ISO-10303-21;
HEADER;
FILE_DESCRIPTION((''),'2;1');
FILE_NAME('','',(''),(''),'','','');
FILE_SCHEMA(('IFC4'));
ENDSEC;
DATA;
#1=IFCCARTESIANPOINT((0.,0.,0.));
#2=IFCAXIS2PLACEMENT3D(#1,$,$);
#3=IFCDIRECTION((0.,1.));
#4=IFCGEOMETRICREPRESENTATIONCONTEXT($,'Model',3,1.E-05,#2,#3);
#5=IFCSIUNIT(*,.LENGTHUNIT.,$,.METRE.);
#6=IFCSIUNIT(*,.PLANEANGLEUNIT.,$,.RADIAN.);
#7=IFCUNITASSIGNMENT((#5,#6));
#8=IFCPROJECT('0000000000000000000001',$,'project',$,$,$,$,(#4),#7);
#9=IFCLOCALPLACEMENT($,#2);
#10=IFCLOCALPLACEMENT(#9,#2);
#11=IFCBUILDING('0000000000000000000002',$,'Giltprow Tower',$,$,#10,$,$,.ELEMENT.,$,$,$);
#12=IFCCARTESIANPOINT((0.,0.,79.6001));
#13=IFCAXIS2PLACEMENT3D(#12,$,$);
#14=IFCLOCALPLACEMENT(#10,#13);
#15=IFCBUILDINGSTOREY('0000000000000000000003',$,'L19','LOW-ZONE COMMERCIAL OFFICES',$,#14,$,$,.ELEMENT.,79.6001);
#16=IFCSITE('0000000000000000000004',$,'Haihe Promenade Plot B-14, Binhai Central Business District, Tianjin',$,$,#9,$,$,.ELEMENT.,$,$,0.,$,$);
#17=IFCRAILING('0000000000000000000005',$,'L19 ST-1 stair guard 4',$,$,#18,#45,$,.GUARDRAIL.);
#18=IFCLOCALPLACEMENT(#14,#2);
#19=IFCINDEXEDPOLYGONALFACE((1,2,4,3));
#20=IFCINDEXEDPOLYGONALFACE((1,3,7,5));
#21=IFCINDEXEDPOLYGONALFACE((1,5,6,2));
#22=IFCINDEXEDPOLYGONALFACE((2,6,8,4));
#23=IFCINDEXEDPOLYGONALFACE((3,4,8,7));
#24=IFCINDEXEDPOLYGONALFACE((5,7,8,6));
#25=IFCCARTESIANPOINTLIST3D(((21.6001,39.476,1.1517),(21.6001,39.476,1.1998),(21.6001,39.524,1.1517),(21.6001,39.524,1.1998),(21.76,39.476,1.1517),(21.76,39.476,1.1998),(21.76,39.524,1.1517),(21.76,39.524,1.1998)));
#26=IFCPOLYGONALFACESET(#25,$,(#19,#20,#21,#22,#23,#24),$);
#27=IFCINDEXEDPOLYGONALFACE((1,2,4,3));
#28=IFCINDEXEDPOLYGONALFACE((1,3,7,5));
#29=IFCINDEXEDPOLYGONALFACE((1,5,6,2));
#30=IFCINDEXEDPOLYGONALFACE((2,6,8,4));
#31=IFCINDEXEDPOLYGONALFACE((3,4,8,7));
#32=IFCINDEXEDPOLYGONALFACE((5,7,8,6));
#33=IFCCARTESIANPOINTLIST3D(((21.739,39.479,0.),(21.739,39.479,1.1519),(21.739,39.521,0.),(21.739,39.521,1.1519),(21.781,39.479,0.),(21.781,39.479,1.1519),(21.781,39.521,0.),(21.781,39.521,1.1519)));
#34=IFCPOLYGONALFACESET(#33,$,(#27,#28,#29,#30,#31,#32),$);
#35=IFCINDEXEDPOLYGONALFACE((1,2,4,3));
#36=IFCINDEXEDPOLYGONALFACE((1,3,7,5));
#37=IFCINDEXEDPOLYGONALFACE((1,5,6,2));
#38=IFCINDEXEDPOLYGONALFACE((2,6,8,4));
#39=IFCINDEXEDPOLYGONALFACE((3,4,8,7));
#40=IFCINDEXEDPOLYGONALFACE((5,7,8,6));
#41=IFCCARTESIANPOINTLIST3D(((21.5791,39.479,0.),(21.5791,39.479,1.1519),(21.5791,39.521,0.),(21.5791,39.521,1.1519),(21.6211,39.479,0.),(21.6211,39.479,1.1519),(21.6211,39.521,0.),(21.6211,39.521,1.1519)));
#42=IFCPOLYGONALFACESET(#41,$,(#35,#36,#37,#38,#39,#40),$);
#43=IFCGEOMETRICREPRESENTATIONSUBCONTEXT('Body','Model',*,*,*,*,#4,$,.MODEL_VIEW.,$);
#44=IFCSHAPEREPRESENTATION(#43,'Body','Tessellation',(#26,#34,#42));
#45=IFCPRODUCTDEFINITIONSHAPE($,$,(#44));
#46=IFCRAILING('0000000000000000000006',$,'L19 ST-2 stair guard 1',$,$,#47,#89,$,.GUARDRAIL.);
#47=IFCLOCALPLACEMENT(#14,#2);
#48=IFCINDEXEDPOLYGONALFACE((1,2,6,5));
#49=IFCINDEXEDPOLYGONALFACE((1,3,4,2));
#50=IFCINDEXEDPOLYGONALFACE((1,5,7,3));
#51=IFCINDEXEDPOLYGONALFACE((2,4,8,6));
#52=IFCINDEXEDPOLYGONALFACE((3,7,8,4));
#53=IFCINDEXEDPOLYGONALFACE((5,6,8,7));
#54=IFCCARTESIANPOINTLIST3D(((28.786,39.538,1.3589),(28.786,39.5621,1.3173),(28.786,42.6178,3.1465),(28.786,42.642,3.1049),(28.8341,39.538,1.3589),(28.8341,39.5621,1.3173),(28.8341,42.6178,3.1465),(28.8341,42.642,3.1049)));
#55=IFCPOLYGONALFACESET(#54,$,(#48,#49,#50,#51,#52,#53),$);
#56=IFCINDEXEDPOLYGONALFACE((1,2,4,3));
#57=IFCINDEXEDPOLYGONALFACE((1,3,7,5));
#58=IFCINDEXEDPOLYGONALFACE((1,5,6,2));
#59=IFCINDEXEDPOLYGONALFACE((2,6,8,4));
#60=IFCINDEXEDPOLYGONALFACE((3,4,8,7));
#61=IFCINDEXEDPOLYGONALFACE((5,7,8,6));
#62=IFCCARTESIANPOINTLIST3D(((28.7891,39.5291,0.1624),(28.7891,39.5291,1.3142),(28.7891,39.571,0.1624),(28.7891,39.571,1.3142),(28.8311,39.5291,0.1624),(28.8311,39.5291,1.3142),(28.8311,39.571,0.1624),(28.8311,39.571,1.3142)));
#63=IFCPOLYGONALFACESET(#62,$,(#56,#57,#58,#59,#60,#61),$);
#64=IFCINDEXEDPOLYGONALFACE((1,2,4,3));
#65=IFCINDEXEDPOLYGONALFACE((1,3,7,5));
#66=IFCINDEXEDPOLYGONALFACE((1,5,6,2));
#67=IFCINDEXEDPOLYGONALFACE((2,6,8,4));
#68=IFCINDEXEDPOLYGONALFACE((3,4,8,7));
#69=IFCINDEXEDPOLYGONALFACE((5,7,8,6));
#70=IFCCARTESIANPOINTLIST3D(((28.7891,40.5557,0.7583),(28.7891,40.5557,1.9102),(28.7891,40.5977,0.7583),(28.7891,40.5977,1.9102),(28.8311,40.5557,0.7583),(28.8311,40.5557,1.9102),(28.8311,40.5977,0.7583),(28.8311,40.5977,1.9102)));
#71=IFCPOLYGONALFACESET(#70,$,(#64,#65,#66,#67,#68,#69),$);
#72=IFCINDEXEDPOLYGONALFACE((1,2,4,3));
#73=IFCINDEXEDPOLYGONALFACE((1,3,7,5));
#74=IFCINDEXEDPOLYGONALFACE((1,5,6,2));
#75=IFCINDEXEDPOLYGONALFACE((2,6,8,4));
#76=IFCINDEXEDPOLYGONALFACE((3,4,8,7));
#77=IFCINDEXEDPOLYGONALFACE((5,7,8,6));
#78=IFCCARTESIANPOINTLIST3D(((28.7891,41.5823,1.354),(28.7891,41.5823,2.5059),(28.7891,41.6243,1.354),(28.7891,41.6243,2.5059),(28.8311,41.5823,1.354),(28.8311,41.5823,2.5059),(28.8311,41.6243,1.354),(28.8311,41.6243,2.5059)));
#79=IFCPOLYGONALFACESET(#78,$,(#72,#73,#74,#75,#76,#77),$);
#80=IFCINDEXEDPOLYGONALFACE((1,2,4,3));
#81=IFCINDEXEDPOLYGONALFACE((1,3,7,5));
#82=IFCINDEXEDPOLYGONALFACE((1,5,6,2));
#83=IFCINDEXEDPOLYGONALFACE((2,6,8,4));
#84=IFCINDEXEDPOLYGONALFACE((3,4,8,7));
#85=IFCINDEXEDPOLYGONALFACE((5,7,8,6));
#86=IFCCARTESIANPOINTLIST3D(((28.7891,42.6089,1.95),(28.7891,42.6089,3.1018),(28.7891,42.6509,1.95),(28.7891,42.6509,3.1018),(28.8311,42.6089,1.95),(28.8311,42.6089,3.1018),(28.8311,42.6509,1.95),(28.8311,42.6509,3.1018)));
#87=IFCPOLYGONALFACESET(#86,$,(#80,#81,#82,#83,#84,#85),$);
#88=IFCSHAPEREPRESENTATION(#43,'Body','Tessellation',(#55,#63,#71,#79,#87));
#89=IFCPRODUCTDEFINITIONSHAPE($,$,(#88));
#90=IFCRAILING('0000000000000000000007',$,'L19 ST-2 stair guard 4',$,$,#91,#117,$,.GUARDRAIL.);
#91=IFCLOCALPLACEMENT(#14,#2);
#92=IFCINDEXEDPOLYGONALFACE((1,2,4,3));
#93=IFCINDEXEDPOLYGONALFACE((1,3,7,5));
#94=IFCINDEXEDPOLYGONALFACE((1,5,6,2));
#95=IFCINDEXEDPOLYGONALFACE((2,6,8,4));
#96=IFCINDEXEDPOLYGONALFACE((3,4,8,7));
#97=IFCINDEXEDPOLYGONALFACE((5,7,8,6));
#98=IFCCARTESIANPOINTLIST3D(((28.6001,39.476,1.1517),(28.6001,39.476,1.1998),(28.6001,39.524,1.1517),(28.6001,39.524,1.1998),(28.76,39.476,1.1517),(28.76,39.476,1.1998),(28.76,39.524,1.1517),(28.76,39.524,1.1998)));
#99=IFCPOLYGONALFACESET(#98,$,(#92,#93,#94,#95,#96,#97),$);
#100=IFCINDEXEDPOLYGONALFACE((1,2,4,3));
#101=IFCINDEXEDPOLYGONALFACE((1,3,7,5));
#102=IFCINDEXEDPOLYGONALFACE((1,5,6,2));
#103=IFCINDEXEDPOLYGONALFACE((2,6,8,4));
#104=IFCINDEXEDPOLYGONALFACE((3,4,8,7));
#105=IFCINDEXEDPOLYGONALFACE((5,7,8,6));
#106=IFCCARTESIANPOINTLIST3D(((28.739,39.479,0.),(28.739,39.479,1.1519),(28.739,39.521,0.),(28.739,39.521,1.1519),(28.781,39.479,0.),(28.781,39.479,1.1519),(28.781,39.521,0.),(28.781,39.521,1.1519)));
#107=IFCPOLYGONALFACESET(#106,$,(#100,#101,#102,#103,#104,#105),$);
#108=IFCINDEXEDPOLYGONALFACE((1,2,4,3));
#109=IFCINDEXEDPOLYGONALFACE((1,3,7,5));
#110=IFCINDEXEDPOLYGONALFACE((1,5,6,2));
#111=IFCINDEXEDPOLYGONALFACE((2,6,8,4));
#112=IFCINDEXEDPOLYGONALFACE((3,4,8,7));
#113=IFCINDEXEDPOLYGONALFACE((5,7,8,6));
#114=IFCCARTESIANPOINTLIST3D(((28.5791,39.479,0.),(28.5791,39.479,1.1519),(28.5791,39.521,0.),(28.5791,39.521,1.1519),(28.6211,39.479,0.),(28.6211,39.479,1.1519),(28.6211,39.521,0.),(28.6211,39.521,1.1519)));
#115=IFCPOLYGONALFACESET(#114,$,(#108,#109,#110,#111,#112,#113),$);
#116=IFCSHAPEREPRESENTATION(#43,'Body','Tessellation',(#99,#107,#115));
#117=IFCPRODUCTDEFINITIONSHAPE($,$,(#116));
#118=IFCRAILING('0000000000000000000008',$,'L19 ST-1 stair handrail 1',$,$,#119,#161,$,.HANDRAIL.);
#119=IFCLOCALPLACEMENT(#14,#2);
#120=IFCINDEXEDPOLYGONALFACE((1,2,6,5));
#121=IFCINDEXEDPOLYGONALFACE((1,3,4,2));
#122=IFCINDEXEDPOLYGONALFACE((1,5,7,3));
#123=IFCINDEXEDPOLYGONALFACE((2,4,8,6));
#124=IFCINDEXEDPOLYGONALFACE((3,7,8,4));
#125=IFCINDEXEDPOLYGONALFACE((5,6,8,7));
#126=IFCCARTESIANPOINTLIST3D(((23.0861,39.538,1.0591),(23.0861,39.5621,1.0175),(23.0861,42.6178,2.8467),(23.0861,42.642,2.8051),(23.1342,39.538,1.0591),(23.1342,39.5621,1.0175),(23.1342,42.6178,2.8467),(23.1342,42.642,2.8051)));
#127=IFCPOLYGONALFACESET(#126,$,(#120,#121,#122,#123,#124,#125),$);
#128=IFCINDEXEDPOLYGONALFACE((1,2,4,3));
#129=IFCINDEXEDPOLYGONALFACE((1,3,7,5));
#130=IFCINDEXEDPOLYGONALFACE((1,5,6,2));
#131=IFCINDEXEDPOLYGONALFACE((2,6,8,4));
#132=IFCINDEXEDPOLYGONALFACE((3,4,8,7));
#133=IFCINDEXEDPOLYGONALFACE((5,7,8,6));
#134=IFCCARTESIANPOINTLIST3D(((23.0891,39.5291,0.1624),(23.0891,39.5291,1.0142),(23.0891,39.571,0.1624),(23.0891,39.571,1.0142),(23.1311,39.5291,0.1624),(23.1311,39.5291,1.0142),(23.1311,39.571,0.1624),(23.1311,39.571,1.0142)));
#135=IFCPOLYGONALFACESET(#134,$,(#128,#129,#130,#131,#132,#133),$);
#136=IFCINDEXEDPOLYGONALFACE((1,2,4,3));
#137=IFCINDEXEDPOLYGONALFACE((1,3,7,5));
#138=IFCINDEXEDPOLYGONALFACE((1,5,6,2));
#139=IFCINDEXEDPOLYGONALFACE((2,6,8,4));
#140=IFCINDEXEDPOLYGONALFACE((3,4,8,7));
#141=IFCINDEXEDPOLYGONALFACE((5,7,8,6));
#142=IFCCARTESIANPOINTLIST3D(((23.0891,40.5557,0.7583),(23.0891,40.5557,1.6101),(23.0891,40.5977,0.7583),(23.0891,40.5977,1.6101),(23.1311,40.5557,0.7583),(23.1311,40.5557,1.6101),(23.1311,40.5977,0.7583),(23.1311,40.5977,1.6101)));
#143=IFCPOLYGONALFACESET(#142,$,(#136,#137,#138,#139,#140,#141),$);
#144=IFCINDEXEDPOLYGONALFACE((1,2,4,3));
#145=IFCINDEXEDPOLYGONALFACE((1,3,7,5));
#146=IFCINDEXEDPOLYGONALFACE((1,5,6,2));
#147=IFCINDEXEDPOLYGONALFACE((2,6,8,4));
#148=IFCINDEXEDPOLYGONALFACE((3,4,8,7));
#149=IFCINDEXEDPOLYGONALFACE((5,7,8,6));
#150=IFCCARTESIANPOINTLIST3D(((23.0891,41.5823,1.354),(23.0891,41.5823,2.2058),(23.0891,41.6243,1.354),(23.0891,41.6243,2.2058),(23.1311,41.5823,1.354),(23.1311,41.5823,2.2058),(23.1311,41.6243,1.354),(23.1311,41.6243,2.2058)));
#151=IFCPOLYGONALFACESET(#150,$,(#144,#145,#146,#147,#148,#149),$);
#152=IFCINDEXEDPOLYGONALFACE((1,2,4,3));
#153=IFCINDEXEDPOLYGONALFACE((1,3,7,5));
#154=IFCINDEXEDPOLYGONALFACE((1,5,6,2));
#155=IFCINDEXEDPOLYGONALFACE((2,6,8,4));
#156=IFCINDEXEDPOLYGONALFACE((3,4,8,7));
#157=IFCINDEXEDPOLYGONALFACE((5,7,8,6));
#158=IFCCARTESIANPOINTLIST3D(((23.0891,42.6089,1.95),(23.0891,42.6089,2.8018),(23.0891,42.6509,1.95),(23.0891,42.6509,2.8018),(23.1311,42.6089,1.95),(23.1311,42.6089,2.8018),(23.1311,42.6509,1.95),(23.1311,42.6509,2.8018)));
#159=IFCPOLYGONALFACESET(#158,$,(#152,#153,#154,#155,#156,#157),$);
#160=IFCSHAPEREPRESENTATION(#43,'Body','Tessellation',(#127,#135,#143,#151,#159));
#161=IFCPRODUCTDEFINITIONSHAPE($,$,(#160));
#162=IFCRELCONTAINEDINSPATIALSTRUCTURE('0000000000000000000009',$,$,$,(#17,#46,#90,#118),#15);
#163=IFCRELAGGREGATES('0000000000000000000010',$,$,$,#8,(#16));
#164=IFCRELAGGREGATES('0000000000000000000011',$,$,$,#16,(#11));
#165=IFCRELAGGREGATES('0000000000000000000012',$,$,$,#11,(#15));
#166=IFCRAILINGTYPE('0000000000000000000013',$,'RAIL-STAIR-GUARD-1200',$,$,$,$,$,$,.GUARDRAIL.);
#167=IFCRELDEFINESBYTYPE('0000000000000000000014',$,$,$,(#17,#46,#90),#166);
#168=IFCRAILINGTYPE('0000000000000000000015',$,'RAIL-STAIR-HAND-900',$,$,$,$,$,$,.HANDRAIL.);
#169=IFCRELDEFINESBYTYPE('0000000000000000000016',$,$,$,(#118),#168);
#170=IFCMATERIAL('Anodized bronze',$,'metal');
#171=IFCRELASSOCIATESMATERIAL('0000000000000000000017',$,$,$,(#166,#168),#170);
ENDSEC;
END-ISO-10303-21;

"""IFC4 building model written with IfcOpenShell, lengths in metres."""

from ifc_helpers import new_model, si_unit, direction, frame, origin, origin_2d, place, context, subcontext, project, spatial, rectangle, extrude, material, type_object, element, save


model = new_model("IFC4")

# Units and contexts
model_context = context("Model", 3, precision=1e-05, world=origin(), true_north=direction((0.0, 1.0)))
body_context = subcontext(model_context, "Body", "Model", "MODEL_VIEW")
ifc_project = project(units=[si_unit("LENGTHUNIT", "METRE"), si_unit("PLANEANGLEUNIT", "RADIAN")], contexts=[model_context])

# Site, building, storey
site_placement = place(None, origin())
site = spatial("IfcSite", under=ifc_project, at=site_placement, Name="Haihe Promenade Plot B-14, Binhai Central Business District, Tianjin", CompositionType="ELEMENT", RefElevation=0.0)
building_placement = place(site_placement, origin())
building = spatial("IfcBuilding", under=site, at=building_placement, Name="Giltprow Tower", CompositionType="ELEMENT")
storey_placement = place(building_placement, frame((0.0, 0.0, 79.6001)))
storey = spatial("IfcBuildingStorey", under=building, at=storey_placement, Name="L19", Description="LOW-ZONE COMMERCIAL OFFICES", CompositionType="ELEMENT", Elevation=79.6001)

# Railings
ifc_material_1 = material(Name="Anodized bronze", Category="metal")
railing_type_1 = type_object("IfcRailingType", Name="RAIL-STAIR-GUARD-1200", PredefinedType="GUARDRAIL", material=ifc_material_1)
railing_1_placement = place(storey_placement, frame((21.76, 39.5, 0.0)))
element("IfcRailing", 1, at=railing_1_placement, inside=storey, type_object=railing_type_1, Name="L19 ST-1 stair guard 4", PredefinedType="GUARDRAIL", context=body_context, shape_type="SweptSolid", body=[
    extrude(rectangle(XDim=0.0481, YDim=0.0481, at=origin_2d()), frame((0.0, 0.0, 1.1758), z_axis=(-1.0, 0.0, 0.0), x_axis=(0.0, -1.0, 0.0)), (0.0, 0.0, 1.0), 0.1599),
    extrude(rectangle(XDim=0.042, YDim=0.042, at=origin_2d()), origin(), (0.0, 0.0, 1.0), 1.1519),
    extrude(rectangle(XDim=0.042, YDim=0.042, at=origin_2d()), frame((-0.1599, 0.0, 0.0)), (0.0, 0.0, 1.0), 1.1519),
])
railing_2_placement = place(storey_placement, frame((28.8101, 39.55, 0.1624)))
element("IfcRailing", 2, at=railing_2_placement, inside=storey, type_object=railing_type_1, Name="L19 ST-2 stair guard 1", PredefinedType="GUARDRAIL", context=body_context, shape_type="SweptSolid", body=[
    extrude(rectangle(XDim=0.0481, YDim=0.0481, at=origin_2d()), frame((0.0, 0.0, 1.1758), z_axis=(0.0, 0.864873, 0.50199), x_axis=(-1.0, 0.0, 0.0)), (0.0, 0.0, 1.0), 3.561),
    extrude(rectangle(XDim=0.042, YDim=0.042, at=origin_2d()), origin(), (0.0, 0.0, 1.0), 1.1519),
    extrude(rectangle(XDim=0.042, YDim=0.042, at=origin_2d()), frame((0.0, 1.0266, 0.5959)), (0.0, 0.0, 1.0), 1.1519),
    extrude(rectangle(XDim=0.042, YDim=0.042, at=origin_2d()), frame((0.0, 2.0532, 1.1917)), (0.0, 0.0, 1.0), 1.1519),
    extrude(rectangle(XDim=0.042, YDim=0.042, at=origin_2d()), frame((0.0, 3.0798, 1.7876)), (0.0, 0.0, 1.0), 1.1519),
])
railing_3_placement = place(storey_placement, frame((28.76, 39.5, 0.0)))
element("IfcRailing", 3, at=railing_3_placement, inside=storey, type_object=railing_type_1, Name="L19 ST-2 stair guard 4", PredefinedType="GUARDRAIL", context=body_context, shape_type="SweptSolid", body=[
    extrude(rectangle(XDim=0.0481, YDim=0.0481, at=origin_2d()), frame((0.0, 0.0, 1.1758), z_axis=(-1.0, 0.0, 0.0), x_axis=(0.0, -1.0, 0.0)), (0.0, 0.0, 1.0), 0.1599),
    extrude(rectangle(XDim=0.042, YDim=0.042, at=origin_2d()), origin(), (0.0, 0.0, 1.0), 1.1519),
    extrude(rectangle(XDim=0.042, YDim=0.042, at=origin_2d()), frame((-0.1599, 0.0, 0.0)), (0.0, 0.0, 1.0), 1.1519),
])
railing_type_2 = type_object("IfcRailingType", Name="RAIL-STAIR-HAND-900", PredefinedType="HANDRAIL", material=ifc_material_1)
railing_4_placement = place(storey_placement, frame((23.1101, 39.55, 0.1624)))
element("IfcRailing", 4, at=railing_4_placement, inside=storey, type_object=railing_type_2, Name="L19 ST-1 stair handrail 1", PredefinedType="HANDRAIL", context=body_context, shape_type="SweptSolid", body=[
    extrude(rectangle(XDim=0.0481, YDim=0.0481, at=origin_2d()), frame((0.0, 0.0, 0.876), z_axis=(0.0, 0.864873, 0.50199), x_axis=(-1.0, 0.0, 0.0)), (0.0, 0.0, 1.0), 3.561),
    extrude(rectangle(XDim=0.042, YDim=0.042, at=origin_2d()), origin(), (0.0, 0.0, 1.0), 0.8518),
    extrude(rectangle(XDim=0.042, YDim=0.042, at=origin_2d()), frame((0.0, 1.0266, 0.5959)), (0.0, 0.0, 1.0), 0.8518),
    extrude(rectangle(XDim=0.042, YDim=0.042, at=origin_2d()), frame((0.0, 2.0532, 1.1917)), (0.0, 0.0, 1.0), 0.8518),
    extrude(rectangle(XDim=0.042, YDim=0.042, at=origin_2d()), frame((0.0, 3.0798, 1.7876)), (0.0, 0.0, 1.0), 0.8518),
])

save(model, "model.ifc")
